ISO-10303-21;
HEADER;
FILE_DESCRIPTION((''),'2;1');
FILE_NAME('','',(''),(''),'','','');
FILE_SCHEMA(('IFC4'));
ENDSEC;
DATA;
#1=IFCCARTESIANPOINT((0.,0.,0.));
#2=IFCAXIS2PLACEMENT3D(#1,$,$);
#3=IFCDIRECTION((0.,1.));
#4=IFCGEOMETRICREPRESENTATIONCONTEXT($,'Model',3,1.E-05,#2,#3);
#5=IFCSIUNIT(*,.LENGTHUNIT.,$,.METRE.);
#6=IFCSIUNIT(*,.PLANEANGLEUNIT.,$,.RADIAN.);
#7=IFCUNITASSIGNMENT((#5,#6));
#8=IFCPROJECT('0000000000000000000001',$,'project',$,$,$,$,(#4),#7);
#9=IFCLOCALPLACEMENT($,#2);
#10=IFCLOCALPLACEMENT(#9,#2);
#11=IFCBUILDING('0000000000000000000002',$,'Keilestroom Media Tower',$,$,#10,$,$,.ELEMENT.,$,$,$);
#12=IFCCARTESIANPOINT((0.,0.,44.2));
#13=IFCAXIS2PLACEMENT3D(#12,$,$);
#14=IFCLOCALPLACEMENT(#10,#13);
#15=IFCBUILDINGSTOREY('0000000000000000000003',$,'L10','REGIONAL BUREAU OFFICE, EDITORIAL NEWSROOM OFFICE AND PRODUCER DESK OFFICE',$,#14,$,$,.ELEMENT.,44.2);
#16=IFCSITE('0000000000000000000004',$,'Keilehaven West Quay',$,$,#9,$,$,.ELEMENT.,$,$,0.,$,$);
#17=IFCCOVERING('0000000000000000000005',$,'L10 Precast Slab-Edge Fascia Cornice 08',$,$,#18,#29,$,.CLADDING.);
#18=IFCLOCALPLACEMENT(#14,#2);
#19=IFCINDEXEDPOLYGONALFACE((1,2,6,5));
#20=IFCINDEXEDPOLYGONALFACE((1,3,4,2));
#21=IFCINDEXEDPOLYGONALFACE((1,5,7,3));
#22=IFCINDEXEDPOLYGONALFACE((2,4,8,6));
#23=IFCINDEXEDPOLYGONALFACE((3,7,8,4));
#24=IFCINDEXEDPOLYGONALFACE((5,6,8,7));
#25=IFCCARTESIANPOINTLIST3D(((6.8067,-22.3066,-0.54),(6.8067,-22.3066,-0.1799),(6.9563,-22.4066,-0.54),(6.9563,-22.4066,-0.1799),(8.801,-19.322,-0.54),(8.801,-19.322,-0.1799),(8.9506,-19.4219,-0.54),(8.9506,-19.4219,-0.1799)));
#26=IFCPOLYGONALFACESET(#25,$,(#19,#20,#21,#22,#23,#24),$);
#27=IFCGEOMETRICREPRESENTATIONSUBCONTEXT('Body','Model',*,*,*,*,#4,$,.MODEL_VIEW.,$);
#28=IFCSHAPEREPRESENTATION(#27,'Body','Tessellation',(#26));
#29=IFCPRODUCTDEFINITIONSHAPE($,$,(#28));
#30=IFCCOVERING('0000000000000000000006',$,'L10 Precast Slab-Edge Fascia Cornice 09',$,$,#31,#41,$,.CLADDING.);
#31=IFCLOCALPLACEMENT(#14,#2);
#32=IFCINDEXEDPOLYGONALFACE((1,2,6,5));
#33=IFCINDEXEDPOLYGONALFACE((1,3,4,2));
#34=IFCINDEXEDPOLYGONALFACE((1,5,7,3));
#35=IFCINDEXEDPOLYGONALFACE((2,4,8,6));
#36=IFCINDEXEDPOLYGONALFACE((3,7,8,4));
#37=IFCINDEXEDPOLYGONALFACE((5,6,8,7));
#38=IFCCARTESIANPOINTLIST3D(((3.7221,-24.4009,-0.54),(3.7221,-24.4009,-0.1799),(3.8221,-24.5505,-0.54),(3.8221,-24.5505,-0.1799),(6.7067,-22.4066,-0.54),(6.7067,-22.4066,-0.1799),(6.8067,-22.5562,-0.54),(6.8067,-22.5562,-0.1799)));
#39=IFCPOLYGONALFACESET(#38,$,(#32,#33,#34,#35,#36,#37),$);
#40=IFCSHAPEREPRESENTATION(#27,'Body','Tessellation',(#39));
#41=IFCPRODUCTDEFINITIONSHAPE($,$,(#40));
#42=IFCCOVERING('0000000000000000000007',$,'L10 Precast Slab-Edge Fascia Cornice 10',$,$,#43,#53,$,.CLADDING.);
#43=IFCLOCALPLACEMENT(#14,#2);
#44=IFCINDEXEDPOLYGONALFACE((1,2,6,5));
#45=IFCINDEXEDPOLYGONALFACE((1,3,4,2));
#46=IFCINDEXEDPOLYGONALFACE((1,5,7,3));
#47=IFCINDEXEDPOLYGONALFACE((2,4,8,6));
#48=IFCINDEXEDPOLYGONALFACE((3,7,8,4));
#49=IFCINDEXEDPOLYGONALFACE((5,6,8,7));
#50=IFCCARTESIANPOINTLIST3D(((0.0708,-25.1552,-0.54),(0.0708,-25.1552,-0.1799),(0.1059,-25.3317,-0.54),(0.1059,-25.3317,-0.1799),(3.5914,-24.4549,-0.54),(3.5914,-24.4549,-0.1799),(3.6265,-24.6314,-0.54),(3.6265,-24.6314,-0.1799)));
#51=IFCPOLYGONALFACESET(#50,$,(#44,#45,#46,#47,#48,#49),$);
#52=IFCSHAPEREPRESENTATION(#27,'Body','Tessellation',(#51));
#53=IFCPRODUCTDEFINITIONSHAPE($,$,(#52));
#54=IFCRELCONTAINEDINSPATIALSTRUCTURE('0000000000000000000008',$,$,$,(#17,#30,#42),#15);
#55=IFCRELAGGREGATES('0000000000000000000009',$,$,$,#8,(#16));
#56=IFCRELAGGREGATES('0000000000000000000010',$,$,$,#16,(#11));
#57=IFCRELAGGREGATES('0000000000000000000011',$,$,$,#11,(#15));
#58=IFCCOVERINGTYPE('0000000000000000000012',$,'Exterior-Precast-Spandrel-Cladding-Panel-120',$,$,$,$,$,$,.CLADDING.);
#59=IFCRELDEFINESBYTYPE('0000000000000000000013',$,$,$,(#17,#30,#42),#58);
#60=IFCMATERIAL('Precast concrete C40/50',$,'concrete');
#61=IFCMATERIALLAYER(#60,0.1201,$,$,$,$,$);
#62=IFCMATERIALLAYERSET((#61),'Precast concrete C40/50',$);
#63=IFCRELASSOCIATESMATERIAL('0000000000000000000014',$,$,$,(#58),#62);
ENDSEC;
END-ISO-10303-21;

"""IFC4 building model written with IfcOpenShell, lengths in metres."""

from ifc_helpers import new_model, si_unit, direction, frame, origin, origin_2d, place, context, subcontext, project, spatial, rectangle, extrude, source, transform, mapped, material, layer, layer_set, type_object, element, save


model = new_model("IFC4")

# Units and contexts
model_context = context("Model", 3, precision=1e-05, world=origin(), true_north=direction((0.0, 1.0)))
body_context = subcontext(model_context, "Body", "Model", "MODEL_VIEW")
ifc_project = project(units=[si_unit("LENGTHUNIT", "METRE"), si_unit("PLANEANGLEUNIT", "RADIAN")], contexts=[model_context])

# Site, building, storey
site_placement = place(None, origin())
site = spatial("IfcSite", under=ifc_project, at=site_placement, Name="Keilehaven West Quay", CompositionType="ELEMENT", RefElevation=0.0)
building_placement = place(site_placement, origin())
building = spatial("IfcBuilding", under=site, at=building_placement, Name="Keilestroom Media Tower", CompositionType="ELEMENT")
storey_placement = place(building_placement, frame((0.0, 0.0, 44.2)))
storey = spatial("IfcBuildingStorey", under=building, at=storey_placement, Name="L10", Description="REGIONAL BUREAU OFFICE, EDITORIAL NEWSROOM OFFICE AND PRODUCER DESK OFFICE", CompositionType="ELEMENT", Elevation=44.2)

# Shared definitions
ifc_material_1 = material(Name="Precast concrete C40/50", Category="concrete")

# Coverings
ifc_layer_1 = layer(ifc_material_1, 0.1201)
ifc_layer_set_1 = layer_set([ifc_layer_1], Name="Precast concrete C40/50")
covering_type = type_object("IfcCoveringType", Name="Exterior-Precast-Spandrel-Cladding-Panel-120", PredefinedType="CLADDING", material=ifc_layer_set_1)
shared_shape_1 = source(origin(), body_context, "Body", "SweptSolid", [
    extrude(rectangle(XDim=3.5896, YDim=0.1799, at=origin_2d()), origin(), (0.0, 0.0, 1.0), 0.3601),
])
for number, where, z_axis, x_axis, name in (
    (1, (7.8787, -20.8643, -0.54), (0.0, 0.0, 1.0), (-0.555575, -0.831467, 0.0), "L10 Precast Slab-Edge Fascia Cornice 08"),
    (2, (5.2644, -23.4785, -0.54), (0.0, 0.0, 1.0), (-0.831467, -0.555575, 0.0), "L10 Precast Slab-Edge Fascia Cornice 09"),
    (3, (1.8486, -24.8933, -0.54), (0.0, 0.0, 1.0), (-0.980784, -0.195099, 0.0), "L10 Precast Slab-Edge Fascia Cornice 10"),
):
    element("IfcCovering", number, at=place(storey_placement, frame(where, z_axis=z_axis, x_axis=x_axis)), inside=storey, type_object=covering_type, Name=name, PredefinedType="CLADDING", context=body_context, shape_type="MappedRepresentation", body=[
        mapped(shared_shape_1, transform((0.0, 0.0, 0.0), x_axis=(1.0, 0.0, 0.0), y_axis=(0.0, 1.0, 0.0), z_axis=(0.0, 0.0, 1.0), scale=1.0)),
    ])

save(model, "model.ifc")
